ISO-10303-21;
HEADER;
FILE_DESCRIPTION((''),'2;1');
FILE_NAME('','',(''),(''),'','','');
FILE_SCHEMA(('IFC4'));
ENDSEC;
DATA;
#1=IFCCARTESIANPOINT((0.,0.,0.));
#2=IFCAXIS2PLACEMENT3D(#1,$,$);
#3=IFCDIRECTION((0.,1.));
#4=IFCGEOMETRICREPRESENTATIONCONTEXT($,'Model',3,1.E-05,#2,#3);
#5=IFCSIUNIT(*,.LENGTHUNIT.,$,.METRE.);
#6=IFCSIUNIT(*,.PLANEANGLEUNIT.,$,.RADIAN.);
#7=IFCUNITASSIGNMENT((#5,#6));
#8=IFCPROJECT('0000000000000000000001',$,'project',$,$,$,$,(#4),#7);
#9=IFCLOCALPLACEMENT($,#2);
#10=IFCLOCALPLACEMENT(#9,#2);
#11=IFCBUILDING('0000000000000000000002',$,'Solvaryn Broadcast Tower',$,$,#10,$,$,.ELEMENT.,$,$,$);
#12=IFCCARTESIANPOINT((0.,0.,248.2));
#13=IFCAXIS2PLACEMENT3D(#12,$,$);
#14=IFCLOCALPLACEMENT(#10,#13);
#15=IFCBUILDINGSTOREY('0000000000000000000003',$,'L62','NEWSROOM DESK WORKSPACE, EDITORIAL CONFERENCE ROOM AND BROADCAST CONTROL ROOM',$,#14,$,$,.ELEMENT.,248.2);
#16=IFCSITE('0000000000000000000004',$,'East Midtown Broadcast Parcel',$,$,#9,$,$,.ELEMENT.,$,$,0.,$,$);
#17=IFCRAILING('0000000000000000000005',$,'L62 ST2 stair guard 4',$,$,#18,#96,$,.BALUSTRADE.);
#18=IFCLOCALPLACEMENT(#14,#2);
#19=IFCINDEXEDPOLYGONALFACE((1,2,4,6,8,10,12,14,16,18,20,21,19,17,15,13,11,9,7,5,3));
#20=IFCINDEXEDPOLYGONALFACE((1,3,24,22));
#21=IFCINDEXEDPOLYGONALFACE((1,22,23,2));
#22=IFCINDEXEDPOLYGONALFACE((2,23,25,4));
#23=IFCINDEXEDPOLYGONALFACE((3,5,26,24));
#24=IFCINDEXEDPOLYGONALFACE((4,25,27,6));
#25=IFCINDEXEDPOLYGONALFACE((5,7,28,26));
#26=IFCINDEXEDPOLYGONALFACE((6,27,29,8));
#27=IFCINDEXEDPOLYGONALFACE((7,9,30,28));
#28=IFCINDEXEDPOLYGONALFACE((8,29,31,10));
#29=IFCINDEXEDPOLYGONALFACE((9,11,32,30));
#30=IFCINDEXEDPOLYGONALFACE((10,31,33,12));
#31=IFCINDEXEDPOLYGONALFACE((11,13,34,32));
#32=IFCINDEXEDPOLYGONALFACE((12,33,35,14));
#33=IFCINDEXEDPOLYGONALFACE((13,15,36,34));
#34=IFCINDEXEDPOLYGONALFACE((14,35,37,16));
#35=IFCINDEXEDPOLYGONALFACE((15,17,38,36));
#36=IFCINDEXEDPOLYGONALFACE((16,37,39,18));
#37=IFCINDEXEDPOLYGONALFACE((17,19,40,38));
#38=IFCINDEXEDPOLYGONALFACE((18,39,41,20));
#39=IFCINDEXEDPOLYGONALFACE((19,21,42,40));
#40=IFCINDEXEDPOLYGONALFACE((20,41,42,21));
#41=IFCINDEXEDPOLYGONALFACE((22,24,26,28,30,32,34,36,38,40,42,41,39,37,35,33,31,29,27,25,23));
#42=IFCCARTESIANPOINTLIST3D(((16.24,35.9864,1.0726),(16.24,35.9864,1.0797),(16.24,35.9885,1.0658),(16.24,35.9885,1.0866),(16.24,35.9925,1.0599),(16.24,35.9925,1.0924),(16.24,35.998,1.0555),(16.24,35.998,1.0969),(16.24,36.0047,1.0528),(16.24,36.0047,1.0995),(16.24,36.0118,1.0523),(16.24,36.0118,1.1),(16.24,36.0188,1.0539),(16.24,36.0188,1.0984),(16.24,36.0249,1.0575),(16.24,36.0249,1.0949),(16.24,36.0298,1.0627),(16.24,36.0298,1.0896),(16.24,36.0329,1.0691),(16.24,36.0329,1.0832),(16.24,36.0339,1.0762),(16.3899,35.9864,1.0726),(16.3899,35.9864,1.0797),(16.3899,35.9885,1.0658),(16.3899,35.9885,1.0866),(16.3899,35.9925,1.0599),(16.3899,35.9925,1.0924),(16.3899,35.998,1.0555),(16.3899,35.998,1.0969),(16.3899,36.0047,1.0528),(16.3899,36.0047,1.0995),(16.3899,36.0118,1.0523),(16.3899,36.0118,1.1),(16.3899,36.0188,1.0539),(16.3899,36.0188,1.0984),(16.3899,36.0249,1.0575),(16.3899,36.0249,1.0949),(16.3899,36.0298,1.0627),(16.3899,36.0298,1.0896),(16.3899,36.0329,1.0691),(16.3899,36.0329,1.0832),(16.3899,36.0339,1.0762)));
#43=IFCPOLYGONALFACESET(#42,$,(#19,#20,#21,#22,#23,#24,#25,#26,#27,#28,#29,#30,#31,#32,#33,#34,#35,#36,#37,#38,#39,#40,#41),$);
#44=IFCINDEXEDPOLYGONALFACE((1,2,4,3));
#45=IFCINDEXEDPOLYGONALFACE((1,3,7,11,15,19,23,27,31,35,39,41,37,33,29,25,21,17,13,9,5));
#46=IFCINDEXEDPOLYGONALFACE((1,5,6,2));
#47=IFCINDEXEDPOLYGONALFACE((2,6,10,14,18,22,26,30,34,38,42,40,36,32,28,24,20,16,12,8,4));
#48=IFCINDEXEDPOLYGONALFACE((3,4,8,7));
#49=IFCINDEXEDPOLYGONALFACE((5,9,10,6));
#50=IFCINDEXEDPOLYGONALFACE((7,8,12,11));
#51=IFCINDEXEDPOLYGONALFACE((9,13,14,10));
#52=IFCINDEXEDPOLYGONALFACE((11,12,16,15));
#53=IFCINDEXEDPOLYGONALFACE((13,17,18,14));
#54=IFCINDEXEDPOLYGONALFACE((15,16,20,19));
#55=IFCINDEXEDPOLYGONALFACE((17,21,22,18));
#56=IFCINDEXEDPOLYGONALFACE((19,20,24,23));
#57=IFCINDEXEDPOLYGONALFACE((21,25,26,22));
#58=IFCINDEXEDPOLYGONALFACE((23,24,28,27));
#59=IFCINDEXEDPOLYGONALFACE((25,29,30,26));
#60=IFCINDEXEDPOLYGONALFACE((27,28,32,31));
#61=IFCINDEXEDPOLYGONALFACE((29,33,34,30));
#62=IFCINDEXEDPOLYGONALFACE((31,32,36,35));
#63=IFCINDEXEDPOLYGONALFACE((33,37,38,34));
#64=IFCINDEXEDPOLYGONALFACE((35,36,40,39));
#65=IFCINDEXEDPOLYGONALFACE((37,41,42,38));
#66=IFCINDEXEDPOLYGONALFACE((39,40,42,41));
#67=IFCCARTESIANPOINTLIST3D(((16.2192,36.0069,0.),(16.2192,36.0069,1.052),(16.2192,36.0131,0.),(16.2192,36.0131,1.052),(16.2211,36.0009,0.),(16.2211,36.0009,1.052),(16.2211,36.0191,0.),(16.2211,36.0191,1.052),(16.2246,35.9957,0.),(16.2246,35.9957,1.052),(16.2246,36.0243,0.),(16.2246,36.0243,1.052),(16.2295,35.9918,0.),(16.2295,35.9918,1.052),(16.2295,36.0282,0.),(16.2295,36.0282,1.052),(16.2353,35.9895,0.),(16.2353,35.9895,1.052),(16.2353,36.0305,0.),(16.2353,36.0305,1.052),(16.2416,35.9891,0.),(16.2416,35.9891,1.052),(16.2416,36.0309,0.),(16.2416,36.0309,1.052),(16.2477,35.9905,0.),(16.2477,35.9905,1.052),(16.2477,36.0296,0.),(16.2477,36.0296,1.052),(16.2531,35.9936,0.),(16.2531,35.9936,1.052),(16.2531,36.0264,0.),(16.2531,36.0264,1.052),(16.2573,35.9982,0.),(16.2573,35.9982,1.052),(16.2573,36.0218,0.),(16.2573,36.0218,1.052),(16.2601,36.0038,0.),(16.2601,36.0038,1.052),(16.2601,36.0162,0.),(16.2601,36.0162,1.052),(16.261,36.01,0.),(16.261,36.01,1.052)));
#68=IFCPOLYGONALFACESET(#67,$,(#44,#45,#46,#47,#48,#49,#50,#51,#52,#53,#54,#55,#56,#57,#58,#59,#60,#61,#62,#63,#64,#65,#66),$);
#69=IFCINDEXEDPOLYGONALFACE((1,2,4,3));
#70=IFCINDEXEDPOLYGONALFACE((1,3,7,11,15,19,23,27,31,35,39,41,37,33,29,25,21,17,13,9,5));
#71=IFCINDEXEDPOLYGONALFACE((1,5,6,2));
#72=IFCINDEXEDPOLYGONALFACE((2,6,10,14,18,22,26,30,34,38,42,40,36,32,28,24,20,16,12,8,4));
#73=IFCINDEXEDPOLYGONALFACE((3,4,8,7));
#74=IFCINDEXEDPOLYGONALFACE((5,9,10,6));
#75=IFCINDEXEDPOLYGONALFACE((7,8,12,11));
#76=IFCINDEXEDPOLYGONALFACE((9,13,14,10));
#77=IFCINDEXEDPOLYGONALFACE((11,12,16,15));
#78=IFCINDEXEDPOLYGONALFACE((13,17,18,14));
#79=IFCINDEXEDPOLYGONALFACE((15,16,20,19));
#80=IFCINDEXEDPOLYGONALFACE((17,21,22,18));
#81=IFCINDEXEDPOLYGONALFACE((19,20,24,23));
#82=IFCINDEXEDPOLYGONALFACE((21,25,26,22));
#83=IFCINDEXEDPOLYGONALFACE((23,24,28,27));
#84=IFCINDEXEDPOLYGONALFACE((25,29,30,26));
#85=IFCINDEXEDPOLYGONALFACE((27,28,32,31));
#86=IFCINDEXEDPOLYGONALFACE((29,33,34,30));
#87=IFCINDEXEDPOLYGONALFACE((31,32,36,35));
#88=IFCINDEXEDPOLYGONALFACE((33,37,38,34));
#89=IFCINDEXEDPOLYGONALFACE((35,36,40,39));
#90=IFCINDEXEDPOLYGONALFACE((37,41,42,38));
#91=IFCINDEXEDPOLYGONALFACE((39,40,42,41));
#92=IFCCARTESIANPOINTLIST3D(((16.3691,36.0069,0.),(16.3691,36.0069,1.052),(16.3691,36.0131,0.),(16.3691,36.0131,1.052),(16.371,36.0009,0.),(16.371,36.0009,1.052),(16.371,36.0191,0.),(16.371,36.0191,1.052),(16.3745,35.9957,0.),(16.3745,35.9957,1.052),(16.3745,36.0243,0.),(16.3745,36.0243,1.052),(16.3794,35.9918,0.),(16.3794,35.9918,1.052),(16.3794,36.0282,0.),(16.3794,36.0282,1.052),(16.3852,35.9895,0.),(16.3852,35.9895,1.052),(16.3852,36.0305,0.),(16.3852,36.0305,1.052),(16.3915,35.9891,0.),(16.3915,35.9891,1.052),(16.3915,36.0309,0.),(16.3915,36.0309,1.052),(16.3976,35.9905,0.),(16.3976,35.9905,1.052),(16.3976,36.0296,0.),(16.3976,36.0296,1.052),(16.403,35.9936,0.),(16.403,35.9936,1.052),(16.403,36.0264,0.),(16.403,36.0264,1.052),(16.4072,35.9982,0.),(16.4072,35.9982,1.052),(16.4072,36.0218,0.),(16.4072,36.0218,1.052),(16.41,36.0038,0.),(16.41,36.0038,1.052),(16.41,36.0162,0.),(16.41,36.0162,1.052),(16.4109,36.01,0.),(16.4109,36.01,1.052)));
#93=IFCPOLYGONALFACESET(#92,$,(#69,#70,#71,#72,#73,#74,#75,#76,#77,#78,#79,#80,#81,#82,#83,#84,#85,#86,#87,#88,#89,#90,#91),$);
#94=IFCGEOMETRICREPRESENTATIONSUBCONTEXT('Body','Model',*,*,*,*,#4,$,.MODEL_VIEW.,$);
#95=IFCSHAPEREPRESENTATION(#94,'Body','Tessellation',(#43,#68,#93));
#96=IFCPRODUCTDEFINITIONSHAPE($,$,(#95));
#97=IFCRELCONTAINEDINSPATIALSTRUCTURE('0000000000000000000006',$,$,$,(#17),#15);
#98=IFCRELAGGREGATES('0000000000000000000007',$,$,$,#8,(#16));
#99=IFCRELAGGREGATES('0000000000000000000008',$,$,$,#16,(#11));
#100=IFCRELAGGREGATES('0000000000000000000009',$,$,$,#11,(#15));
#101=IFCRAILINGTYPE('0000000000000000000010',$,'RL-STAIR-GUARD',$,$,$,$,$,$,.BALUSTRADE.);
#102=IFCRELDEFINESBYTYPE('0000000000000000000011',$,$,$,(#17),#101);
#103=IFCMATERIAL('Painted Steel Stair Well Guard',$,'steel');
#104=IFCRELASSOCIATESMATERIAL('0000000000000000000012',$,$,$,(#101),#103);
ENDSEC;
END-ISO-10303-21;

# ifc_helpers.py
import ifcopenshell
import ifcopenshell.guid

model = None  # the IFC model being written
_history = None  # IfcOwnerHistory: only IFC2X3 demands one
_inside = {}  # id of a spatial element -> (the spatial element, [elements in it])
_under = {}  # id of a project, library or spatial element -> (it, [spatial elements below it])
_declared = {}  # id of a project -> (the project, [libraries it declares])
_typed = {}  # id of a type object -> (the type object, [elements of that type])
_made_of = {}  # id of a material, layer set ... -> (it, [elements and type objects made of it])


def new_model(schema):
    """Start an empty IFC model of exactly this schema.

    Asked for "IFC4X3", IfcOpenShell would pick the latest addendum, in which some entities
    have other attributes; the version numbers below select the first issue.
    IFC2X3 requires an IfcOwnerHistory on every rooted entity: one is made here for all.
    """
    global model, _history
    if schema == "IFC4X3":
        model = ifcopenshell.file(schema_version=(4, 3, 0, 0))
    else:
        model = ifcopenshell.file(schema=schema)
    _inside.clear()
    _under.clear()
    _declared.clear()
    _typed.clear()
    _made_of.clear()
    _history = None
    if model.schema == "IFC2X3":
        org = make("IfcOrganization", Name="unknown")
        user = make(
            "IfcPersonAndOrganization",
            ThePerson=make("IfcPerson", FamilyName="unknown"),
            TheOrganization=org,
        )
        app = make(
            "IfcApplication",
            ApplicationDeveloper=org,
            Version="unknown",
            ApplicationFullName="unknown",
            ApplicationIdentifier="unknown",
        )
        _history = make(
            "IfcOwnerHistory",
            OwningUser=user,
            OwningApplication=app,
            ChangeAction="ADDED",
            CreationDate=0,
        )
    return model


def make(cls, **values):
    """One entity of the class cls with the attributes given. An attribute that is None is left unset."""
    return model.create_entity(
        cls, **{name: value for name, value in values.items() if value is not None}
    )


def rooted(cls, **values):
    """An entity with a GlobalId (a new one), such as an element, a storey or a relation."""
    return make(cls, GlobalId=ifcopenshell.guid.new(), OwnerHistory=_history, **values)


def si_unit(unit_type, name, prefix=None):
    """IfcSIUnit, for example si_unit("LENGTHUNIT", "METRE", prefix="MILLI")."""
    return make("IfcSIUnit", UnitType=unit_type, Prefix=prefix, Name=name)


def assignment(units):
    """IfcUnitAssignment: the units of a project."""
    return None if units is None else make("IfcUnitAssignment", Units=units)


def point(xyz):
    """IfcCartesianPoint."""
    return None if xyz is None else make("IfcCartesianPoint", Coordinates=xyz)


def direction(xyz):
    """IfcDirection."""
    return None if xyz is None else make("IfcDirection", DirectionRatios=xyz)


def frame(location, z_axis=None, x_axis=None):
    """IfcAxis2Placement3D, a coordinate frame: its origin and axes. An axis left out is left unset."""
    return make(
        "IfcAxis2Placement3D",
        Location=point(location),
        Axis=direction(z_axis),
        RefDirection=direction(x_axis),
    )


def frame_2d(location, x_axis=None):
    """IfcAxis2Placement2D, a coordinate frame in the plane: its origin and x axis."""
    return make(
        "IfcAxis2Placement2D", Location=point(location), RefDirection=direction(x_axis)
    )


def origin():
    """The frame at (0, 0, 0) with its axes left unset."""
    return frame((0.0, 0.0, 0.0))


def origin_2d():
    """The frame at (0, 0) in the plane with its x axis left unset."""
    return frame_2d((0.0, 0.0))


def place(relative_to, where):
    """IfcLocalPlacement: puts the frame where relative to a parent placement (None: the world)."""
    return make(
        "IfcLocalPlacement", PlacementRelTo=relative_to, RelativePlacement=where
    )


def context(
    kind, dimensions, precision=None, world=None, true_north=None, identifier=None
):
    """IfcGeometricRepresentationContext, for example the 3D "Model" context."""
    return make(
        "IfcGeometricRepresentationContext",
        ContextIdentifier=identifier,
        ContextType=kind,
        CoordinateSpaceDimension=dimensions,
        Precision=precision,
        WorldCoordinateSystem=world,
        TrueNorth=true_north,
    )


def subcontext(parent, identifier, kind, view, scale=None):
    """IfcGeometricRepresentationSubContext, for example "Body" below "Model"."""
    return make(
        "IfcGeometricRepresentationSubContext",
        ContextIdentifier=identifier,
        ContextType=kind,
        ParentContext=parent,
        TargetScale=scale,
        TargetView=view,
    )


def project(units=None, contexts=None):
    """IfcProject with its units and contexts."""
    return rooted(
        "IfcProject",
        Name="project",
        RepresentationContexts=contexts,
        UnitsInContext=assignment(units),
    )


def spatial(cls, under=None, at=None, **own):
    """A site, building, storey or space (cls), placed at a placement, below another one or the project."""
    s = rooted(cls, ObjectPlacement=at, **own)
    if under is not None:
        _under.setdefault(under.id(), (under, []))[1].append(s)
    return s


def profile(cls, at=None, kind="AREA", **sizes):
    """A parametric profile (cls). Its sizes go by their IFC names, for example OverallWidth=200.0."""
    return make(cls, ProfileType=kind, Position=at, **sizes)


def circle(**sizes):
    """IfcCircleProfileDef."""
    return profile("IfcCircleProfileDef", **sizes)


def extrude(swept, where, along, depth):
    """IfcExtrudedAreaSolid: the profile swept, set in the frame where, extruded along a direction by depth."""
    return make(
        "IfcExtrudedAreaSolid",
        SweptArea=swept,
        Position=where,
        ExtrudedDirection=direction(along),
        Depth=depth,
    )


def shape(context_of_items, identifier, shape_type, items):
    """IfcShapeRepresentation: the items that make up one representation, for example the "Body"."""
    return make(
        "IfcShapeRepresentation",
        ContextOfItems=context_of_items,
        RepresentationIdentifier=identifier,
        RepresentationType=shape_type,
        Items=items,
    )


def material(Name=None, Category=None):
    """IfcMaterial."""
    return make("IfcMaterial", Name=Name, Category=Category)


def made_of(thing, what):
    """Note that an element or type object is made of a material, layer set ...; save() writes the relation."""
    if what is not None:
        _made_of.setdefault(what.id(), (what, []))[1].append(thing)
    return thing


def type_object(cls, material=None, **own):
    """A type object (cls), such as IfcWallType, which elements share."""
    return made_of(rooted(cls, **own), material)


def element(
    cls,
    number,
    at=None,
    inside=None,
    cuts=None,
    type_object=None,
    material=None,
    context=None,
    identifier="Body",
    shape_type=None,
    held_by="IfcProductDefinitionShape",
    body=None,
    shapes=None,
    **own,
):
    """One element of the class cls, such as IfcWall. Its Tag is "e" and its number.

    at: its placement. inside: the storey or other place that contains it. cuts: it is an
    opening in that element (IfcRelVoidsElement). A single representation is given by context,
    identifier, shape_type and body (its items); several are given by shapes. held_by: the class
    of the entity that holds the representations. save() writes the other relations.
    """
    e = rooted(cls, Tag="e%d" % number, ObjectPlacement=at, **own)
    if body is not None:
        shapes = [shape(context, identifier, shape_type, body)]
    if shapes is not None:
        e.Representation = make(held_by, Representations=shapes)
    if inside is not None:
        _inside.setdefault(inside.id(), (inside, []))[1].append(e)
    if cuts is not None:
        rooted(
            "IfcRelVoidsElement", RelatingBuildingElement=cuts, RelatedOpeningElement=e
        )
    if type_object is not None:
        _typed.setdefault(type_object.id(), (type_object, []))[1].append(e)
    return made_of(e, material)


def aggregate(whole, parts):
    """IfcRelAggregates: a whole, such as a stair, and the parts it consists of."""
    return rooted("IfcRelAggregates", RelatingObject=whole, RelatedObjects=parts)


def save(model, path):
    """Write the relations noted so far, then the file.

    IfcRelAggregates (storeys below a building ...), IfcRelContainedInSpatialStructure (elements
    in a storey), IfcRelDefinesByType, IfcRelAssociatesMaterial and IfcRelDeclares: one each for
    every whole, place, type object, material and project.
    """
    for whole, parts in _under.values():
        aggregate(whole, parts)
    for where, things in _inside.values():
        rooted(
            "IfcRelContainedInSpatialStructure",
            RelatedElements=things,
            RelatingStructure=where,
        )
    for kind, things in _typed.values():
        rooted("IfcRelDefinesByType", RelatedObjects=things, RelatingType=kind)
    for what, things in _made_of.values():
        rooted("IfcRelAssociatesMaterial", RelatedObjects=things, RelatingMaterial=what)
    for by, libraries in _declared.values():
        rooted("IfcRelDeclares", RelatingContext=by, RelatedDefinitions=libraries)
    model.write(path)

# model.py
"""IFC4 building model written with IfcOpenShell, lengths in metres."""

from ifc_helpers import new_model, si_unit, direction, frame, origin, origin_2d, place, context, subcontext, project, spatial, circle, extrude, material, type_object, element, save


model = new_model("IFC4")

# Units and contexts
model_context = context("Model", 3, precision=1e-05, world=origin(), true_north=direction((0.0, 1.0)))
body_context = subcontext(model_context, "Body", "Model", "MODEL_VIEW")
ifc_project = project(units=[si_unit("LENGTHUNIT", "METRE"), si_unit("PLANEANGLEUNIT", "RADIAN")], contexts=[model_context])

# Site, building, storey
site_placement = place(None, origin())
site = spatial("IfcSite", under=ifc_project, at=site_placement, Name="East Midtown Broadcast Parcel", CompositionType="ELEMENT", RefElevation=0.0)
building_placement = place(site_placement, origin())
building = spatial("IfcBuilding", under=site, at=building_placement, Name="Solvaryn Broadcast Tower", CompositionType="ELEMENT")
storey_placement = place(building_placement, frame((0.0, 0.0, 248.2)))
storey = spatial("IfcBuildingStorey", under=building, at=storey_placement, Name="L62", Description="NEWSROOM DESK WORKSPACE, EDITORIAL CONFERENCE ROOM AND BROADCAST CONTROL ROOM", CompositionType="ELEMENT", Elevation=248.2)

# Railing
ifc_material_1 = material(Name="Painted Steel Stair Well Guard", Category="steel")
railing_type_1 = type_object("IfcRailingType", Name="RL-STAIR-GUARD", PredefinedType="BALUSTRADE", material=ifc_material_1)
railing_1_placement = place(storey_placement, frame((16.24, 36.01, 0.0)))
element("IfcRailing", 1, at=railing_1_placement, inside=storey, type_object=railing_type_1, Name="L62 ST2 stair guard 4", PredefinedType="BALUSTRADE", context=body_context, shape_type="SweptSolid", body=[
    extrude(circle(Radius=0.0239, at=origin_2d()), frame((0.0, 0.0, 1.0762), z_axis=(1.0, 0.0, 0.0), x_axis=(0.0, 1.0, 0.0)), (0.0, 0.0, 1.0), 0.1499),
    extrude(circle(Radius=0.021, at=origin_2d()), origin(), (0.0, 0.0, 1.0), 1.052),
    extrude(circle(Radius=0.021, at=origin_2d()), frame((0.1499, 0.0, 0.0)), (0.0, 0.0, 1.0), 1.052),
])

save(model, "model.ifc")
